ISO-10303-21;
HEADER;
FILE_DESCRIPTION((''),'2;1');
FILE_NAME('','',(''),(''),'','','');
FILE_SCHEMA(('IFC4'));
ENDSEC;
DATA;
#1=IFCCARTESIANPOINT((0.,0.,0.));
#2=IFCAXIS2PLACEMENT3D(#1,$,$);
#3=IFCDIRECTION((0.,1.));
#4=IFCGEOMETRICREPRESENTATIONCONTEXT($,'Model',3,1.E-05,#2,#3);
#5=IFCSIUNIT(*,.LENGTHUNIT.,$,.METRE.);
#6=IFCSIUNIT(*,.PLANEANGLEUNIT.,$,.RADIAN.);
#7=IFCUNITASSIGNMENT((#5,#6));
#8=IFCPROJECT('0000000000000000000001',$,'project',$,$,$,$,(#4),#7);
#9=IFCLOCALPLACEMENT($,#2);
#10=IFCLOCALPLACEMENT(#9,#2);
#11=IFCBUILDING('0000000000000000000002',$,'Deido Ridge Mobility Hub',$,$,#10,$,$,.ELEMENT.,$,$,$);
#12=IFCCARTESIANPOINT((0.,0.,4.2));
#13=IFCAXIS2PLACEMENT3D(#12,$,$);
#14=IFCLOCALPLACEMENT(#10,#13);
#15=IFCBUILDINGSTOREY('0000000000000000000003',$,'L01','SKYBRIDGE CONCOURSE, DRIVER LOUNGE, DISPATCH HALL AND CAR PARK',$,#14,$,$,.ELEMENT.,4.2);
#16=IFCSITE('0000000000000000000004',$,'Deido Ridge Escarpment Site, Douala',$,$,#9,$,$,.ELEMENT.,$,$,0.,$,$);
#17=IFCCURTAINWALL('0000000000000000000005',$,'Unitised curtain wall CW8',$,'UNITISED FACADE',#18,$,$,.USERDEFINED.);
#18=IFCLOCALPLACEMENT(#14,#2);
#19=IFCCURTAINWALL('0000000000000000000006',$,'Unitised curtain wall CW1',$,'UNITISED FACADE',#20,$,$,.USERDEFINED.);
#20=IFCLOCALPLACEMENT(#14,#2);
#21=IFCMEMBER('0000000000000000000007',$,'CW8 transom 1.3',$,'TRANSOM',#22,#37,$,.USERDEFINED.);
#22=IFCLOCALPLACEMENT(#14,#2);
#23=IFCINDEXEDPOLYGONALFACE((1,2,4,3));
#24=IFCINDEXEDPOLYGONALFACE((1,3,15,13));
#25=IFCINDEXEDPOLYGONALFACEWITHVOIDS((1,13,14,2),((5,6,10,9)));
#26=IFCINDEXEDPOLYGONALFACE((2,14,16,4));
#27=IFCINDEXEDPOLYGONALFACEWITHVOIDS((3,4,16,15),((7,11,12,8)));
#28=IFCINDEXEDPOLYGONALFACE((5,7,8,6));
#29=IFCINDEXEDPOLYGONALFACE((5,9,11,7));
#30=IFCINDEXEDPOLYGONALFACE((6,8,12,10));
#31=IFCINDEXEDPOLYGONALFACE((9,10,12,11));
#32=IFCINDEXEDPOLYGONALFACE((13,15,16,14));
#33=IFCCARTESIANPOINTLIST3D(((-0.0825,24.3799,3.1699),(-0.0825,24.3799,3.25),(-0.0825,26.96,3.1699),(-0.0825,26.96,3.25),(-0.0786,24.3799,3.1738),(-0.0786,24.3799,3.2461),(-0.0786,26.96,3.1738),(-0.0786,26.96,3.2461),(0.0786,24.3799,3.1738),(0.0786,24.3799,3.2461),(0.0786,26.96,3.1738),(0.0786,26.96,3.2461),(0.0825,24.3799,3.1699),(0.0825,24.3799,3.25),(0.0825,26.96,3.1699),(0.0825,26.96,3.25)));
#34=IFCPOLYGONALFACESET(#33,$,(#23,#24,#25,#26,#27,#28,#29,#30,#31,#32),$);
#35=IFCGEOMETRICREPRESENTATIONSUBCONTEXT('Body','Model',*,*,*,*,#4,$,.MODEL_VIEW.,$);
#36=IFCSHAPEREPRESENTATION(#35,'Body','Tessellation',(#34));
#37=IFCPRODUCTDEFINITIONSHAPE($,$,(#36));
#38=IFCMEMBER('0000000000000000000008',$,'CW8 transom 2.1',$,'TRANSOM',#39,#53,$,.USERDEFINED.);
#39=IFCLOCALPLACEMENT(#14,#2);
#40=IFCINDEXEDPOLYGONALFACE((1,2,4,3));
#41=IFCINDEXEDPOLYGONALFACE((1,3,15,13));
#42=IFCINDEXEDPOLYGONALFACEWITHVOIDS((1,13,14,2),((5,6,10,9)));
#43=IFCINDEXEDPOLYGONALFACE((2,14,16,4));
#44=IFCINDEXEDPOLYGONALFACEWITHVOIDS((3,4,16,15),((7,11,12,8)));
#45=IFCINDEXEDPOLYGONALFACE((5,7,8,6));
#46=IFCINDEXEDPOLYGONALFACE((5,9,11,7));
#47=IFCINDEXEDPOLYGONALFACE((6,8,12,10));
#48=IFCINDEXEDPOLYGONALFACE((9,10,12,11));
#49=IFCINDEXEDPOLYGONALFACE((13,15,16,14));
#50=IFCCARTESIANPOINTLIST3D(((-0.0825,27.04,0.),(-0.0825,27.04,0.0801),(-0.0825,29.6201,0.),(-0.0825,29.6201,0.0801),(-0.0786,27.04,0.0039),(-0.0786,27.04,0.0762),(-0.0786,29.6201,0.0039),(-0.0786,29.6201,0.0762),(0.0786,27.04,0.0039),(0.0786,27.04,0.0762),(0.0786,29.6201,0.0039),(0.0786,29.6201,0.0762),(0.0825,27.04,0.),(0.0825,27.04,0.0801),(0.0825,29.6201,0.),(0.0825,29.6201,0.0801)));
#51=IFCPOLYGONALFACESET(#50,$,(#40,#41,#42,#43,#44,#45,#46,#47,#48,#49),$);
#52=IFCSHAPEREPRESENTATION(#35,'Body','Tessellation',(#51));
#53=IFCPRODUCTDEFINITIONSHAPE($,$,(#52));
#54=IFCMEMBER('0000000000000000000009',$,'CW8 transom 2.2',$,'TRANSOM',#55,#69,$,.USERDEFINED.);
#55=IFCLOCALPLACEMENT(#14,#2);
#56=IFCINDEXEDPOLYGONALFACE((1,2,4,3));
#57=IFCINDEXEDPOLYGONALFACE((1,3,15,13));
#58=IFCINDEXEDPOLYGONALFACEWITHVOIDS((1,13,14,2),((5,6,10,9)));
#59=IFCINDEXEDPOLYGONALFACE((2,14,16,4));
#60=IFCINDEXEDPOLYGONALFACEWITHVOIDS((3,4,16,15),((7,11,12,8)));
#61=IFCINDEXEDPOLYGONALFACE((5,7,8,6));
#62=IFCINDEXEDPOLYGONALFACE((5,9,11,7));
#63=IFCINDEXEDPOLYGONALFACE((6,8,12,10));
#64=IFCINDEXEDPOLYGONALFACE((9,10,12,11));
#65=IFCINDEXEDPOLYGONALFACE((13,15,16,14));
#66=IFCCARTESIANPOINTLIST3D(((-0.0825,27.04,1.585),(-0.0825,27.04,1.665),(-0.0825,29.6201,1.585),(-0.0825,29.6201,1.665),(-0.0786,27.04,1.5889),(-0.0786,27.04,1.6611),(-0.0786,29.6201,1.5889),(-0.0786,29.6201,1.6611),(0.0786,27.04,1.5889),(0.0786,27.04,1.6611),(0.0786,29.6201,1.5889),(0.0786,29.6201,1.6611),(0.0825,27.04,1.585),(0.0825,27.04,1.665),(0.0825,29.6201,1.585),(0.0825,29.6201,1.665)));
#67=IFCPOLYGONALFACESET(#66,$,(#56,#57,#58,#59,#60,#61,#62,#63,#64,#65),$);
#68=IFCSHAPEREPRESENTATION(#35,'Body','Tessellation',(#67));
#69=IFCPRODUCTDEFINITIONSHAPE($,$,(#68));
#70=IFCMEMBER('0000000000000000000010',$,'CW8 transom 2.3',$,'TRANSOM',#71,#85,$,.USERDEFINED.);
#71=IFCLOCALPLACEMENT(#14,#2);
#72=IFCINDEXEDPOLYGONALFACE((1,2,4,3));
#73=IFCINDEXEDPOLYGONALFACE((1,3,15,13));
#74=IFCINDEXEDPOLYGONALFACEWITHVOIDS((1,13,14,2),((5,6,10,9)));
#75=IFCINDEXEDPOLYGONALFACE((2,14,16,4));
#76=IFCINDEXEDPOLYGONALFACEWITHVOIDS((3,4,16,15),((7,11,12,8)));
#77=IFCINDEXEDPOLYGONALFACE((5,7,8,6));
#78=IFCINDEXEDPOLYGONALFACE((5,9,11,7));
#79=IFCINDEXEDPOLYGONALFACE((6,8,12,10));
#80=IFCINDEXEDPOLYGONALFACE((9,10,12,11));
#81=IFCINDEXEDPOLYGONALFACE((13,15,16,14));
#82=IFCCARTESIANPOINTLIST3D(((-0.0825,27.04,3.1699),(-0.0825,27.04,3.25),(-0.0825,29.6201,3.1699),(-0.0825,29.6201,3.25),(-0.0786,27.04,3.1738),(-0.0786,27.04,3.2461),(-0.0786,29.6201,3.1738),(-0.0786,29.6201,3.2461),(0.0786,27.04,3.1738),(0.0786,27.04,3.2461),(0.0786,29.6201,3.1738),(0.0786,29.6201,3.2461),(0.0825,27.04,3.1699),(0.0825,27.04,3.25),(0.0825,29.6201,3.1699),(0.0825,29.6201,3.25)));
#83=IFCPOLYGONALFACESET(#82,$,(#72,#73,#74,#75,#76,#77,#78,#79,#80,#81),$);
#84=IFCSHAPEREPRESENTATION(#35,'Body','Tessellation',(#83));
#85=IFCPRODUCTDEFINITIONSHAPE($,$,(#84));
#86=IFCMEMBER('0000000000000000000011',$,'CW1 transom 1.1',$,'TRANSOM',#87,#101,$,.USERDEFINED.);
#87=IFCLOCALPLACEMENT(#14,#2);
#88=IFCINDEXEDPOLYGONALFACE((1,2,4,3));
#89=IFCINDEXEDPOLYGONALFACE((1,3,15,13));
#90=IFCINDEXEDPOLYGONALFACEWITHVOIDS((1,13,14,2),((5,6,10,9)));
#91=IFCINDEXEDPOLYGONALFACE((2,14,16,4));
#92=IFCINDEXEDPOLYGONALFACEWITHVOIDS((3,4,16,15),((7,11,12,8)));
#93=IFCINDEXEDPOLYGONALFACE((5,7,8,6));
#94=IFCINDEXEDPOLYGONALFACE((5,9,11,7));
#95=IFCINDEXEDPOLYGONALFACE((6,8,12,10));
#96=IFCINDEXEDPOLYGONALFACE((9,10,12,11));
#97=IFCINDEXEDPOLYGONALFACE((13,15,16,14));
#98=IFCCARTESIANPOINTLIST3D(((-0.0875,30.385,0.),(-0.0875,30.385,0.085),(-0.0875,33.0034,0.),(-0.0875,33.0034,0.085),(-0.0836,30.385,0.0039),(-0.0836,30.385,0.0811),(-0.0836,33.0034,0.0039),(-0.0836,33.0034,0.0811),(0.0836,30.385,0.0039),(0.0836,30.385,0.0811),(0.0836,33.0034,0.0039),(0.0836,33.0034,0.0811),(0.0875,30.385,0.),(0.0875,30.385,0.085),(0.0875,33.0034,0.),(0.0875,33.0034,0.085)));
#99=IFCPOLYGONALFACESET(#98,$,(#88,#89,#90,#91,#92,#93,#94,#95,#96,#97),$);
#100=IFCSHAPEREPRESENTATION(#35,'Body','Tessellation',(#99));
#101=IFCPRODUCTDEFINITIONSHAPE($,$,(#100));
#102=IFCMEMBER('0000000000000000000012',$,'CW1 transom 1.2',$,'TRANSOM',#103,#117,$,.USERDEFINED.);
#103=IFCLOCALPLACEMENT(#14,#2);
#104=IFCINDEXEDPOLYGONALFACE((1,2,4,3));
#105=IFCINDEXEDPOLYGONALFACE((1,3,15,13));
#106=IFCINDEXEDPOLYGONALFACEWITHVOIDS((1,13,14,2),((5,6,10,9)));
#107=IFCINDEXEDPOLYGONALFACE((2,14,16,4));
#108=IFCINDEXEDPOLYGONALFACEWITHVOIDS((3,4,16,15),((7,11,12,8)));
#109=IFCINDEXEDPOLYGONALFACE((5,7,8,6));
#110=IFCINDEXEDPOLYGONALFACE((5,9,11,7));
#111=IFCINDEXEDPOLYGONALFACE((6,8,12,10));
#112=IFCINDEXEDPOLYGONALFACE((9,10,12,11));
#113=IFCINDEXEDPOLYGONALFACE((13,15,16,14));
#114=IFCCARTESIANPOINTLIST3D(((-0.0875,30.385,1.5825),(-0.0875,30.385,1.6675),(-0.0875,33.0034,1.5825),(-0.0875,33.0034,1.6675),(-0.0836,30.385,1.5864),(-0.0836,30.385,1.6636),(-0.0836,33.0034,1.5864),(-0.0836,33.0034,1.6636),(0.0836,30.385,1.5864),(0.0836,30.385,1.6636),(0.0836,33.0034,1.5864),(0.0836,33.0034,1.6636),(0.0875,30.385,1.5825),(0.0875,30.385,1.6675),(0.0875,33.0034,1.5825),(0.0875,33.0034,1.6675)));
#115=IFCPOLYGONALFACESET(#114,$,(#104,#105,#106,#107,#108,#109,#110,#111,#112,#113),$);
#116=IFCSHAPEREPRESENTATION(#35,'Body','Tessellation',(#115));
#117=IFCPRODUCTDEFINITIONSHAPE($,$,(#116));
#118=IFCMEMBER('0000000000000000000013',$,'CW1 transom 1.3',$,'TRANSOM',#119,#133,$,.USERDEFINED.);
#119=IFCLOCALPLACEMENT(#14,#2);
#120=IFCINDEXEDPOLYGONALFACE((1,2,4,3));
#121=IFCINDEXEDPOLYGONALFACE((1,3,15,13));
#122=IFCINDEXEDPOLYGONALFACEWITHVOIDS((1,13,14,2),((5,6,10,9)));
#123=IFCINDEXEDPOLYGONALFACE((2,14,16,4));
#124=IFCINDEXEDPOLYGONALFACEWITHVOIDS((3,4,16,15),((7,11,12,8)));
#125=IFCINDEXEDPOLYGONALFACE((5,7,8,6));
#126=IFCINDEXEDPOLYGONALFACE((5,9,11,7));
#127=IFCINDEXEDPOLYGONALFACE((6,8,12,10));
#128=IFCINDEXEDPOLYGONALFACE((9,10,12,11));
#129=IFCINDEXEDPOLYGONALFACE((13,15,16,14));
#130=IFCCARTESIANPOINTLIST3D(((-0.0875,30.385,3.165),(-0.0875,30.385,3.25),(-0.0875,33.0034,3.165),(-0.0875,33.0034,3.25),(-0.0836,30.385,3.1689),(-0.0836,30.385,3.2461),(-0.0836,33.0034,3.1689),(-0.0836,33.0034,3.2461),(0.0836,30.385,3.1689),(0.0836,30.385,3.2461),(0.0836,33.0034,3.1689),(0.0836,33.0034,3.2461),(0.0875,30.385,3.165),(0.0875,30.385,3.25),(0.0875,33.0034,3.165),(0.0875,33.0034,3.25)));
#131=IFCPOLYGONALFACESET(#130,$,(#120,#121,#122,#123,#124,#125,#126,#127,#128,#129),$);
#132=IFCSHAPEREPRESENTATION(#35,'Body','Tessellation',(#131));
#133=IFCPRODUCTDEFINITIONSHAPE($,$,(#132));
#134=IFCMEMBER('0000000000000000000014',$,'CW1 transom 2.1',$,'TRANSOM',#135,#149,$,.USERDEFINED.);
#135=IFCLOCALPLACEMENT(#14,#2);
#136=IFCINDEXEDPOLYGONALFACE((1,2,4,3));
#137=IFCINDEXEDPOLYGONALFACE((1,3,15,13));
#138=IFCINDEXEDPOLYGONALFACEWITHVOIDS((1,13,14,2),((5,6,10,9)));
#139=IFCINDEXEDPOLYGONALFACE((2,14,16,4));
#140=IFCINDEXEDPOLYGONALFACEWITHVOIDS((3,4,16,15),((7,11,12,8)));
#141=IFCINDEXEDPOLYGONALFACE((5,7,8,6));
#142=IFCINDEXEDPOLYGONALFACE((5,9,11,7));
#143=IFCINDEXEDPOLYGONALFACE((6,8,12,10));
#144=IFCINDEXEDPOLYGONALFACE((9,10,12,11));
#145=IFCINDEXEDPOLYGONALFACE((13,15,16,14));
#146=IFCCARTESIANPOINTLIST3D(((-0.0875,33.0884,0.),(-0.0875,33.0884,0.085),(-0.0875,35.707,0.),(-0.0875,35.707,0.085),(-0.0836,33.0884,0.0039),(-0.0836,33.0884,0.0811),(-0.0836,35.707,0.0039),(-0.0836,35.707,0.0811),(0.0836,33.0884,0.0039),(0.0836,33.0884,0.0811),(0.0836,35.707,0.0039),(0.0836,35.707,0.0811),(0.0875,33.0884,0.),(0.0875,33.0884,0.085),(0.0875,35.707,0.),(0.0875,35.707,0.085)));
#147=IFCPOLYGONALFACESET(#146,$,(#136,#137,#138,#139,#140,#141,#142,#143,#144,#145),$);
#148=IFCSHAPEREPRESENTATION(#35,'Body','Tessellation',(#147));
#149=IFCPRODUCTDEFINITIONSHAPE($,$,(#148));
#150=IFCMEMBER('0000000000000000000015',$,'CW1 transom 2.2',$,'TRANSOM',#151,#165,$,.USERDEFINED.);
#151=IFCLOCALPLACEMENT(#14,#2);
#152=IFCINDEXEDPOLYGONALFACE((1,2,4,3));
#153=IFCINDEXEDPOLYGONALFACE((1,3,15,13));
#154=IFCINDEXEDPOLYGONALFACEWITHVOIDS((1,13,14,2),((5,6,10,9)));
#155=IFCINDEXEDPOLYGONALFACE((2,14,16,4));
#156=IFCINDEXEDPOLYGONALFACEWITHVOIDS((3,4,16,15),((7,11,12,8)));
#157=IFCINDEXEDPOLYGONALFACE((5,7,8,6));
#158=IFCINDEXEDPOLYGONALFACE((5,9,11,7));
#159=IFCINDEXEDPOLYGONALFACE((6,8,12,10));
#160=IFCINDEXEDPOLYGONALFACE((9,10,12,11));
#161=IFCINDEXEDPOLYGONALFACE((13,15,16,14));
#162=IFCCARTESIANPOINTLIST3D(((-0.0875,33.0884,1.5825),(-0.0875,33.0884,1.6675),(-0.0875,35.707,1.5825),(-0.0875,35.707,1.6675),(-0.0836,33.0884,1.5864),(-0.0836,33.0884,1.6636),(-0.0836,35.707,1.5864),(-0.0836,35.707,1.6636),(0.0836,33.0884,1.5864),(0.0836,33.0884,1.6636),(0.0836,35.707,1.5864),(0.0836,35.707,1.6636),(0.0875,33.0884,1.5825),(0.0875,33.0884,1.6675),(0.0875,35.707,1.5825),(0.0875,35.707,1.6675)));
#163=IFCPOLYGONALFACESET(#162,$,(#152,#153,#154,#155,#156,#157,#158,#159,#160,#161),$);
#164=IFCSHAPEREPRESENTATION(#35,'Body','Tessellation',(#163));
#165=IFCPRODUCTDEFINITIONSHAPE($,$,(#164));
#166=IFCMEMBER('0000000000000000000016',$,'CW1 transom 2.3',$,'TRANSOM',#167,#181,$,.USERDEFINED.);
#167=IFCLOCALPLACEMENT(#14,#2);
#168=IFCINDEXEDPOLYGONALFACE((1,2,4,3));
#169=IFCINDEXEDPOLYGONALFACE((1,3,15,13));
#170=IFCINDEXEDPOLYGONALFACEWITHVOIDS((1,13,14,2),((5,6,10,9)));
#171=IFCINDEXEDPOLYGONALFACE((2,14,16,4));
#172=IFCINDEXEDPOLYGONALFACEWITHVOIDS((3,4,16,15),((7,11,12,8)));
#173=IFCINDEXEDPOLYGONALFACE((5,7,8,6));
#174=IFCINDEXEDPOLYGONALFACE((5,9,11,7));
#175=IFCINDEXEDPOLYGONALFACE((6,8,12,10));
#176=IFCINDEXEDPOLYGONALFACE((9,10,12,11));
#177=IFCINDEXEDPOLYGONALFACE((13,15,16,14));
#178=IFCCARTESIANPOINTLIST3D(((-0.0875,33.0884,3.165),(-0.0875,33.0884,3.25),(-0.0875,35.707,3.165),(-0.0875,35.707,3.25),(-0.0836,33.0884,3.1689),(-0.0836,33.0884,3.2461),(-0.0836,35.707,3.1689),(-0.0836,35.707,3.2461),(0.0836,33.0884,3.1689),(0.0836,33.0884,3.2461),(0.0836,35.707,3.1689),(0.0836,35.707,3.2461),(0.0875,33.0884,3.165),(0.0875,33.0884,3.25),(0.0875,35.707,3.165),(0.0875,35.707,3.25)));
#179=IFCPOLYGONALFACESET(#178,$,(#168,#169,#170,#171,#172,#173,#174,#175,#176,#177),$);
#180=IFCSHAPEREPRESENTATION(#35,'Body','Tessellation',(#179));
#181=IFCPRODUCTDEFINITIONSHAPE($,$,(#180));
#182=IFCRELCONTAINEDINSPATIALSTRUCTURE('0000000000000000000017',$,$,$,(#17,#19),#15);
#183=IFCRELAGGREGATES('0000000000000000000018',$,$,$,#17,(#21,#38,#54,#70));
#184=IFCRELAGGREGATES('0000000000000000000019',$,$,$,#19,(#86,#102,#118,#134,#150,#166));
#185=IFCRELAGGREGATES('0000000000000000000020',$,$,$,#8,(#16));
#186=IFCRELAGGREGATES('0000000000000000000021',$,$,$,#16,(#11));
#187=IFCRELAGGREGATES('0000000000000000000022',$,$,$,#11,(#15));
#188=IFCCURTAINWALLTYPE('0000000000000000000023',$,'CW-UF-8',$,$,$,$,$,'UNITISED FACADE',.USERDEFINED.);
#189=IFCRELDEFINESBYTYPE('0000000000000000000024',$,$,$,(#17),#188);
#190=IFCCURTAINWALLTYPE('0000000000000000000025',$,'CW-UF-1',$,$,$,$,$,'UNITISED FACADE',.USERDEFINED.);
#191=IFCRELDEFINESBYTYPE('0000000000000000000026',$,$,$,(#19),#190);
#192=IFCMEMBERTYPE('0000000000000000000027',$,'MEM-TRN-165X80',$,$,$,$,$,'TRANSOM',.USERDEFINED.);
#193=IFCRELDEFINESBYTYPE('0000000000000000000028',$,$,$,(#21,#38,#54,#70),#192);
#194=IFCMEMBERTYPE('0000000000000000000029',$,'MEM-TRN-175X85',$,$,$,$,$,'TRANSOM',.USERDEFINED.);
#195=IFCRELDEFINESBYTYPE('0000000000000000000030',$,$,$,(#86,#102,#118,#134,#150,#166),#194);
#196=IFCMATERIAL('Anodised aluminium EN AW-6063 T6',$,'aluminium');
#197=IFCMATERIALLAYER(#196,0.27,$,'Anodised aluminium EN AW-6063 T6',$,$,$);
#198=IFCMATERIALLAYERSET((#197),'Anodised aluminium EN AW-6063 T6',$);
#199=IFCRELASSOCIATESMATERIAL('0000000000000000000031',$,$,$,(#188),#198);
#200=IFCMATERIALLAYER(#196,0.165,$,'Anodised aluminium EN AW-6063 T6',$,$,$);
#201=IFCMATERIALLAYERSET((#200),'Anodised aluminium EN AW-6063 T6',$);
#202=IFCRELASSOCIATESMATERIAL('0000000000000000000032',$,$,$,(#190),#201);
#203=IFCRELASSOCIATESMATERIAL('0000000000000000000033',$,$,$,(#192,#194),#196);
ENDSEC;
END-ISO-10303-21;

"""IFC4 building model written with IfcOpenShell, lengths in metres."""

from ifc_helpers import new_model, si_unit, direction, frame, origin, origin_2d, place, context, subcontext, project, spatial, hollow_rectangle, extrude, material, layer, layer_set, material_profile, profile_set, type_object, element, aggregate, save


model = new_model("IFC4")

# Units and contexts
model_context = context("Model", 3, precision=1e-05, world=origin(), true_north=direction((0.0, 1.0)))
body_context = subcontext(model_context, "Body", "Model", "MODEL_VIEW")
ifc_project = project(units=[si_unit("LENGTHUNIT", "METRE"), si_unit("PLANEANGLEUNIT", "RADIAN")], contexts=[model_context])

# Site, building, storey
site_placement = place(None, origin())
site = spatial("IfcSite", under=ifc_project, at=site_placement, Name="Deido Ridge Escarpment Site, Douala", CompositionType="ELEMENT", RefElevation=0.0)
building_placement = place(site_placement, origin())
building = spatial("IfcBuilding", under=site, at=building_placement, Name="Deido Ridge Mobility Hub", CompositionType="ELEMENT")
storey_placement = place(building_placement, frame((0.0, 0.0, 4.2)))
storey = spatial("IfcBuildingStorey", under=building, at=storey_placement, Name="L01", Description="SKYBRIDGE CONCOURSE, DRIVER LOUNGE, DISPATCH HALL AND CAR PARK", CompositionType="ELEMENT", Elevation=4.2)

# Shared definitions
ifc_material_1 = material(Name="Anodised aluminium EN AW-6063 T6", Category="aluminium")

# Curtain walls
ifc_layer_1 = layer(ifc_material_1, 0.27, Name="Anodised aluminium EN AW-6063 T6")
ifc_layer_set_1 = layer_set([ifc_layer_1], Name="Anodised aluminium EN AW-6063 T6")
curtain_wall_type_1 = type_object("IfcCurtainWallType", Name="CW-UF-8", ElementType="UNITISED FACADE", PredefinedType="USERDEFINED", material=ifc_layer_set_1)
curtain_wall_1_placement = place(storey_placement, origin())
curtain_wall_1 = element("IfcCurtainWall", 1, at=curtain_wall_1_placement, inside=storey, type_object=curtain_wall_type_1, Name="Unitised curtain wall CW8", ObjectType="UNITISED FACADE", PredefinedType="USERDEFINED")
ifc_layer_2 = layer(ifc_material_1, 0.165, Name="Anodised aluminium EN AW-6063 T6")
ifc_layer_set_2 = layer_set([ifc_layer_2], Name="Anodised aluminium EN AW-6063 T6")
curtain_wall_type_2 = type_object("IfcCurtainWallType", Name="CW-UF-1", ElementType="UNITISED FACADE", PredefinedType="USERDEFINED", material=ifc_layer_set_2)
curtain_wall_2_placement = place(storey_placement, origin())
curtain_wall_2 = element("IfcCurtainWall", 2, at=curtain_wall_2_placement, inside=storey, type_object=curtain_wall_type_2, Name="Unitised curtain wall CW1", ObjectType="UNITISED FACADE", PredefinedType="USERDEFINED")

# Members
ifc_material_profile_1 = material_profile(ifc_material_1, hollow_rectangle(XDim=0.165, YDim=0.0801, WallThickness=0.0039, at=origin_2d()), Name="RHS 165x80x4")
ifc_profile_set_1 = profile_set([ifc_material_profile_1], Name="Anodised aluminium EN AW-6063 T6")
member_type_1 = type_object("IfcMemberType", Name="MEM-TRN-165X80", ElementType="TRANSOM", PredefinedType="USERDEFINED", material=ifc_profile_set_1)
member_1_placement = place(storey_placement, frame((0.0, 24.3799, 3.21), z_axis=(0.0, 1.0, 0.0), x_axis=(-1.0, 0.0, 0.0)))
member_1 = element("IfcMember", 3, at=member_1_placement, type_object=member_type_1, Name="CW8 transom 1.3", ObjectType="TRANSOM", PredefinedType="USERDEFINED", context=body_context, shape_type="SweptSolid", body=[
    extrude(hollow_rectangle(XDim=0.165, YDim=0.0801, WallThickness=0.0039, at=origin_2d()), origin(), (0.0, 0.0, 1.0), 2.5801),
])
member_2_placement = place(storey_placement, frame((0.0, 27.04, 0.04), z_axis=(0.0, 1.0, 0.0), x_axis=(-1.0, 0.0, 0.0)))
member_2 = element("IfcMember", 4, at=member_2_placement, type_object=member_type_1, Name="CW8 transom 2.1", ObjectType="TRANSOM", PredefinedType="USERDEFINED", context=body_context, shape_type="SweptSolid", body=[
    extrude(hollow_rectangle(XDim=0.165, YDim=0.0801, WallThickness=0.0039, at=origin_2d()), origin(), (0.0, 0.0, 1.0), 2.5801),
])
member_3_placement = place(storey_placement, frame((0.0, 27.04, 1.625), z_axis=(0.0, 1.0, 0.0), x_axis=(-1.0, 0.0, 0.0)))
member_3 = element("IfcMember", 5, at=member_3_placement, type_object=member_type_1, Name="CW8 transom 2.2", ObjectType="TRANSOM", PredefinedType="USERDEFINED", context=body_context, shape_type="SweptSolid", body=[
    extrude(hollow_rectangle(XDim=0.165, YDim=0.0801, WallThickness=0.0039, at=origin_2d()), origin(), (0.0, 0.0, 1.0), 2.5801),
])
member_4_placement = place(storey_placement, frame((0.0, 27.04, 3.21), z_axis=(0.0, 1.0, 0.0), x_axis=(-1.0, 0.0, 0.0)))
member_4 = element("IfcMember", 6, at=member_4_placement, type_object=member_type_1, Name="CW8 transom 2.3", ObjectType="TRANSOM", PredefinedType="USERDEFINED", context=body_context, shape_type="SweptSolid", body=[
    extrude(hollow_rectangle(XDim=0.165, YDim=0.0801, WallThickness=0.0039, at=origin_2d()), origin(), (0.0, 0.0, 1.0), 2.5801),
])
ifc_material_profile_2 = material_profile(ifc_material_1, hollow_rectangle(XDim=0.175, YDim=0.085, WallThickness=0.0039, at=origin_2d()), Name="RHS 175x85x4")
ifc_profile_set_2 = profile_set([ifc_material_profile_2], Name="Anodised aluminium EN AW-6063 T6")
member_type_2 = type_object("IfcMemberType", Name="MEM-TRN-175X85", ElementType="TRANSOM", PredefinedType="USERDEFINED", material=ifc_profile_set_2)
member_5_placement = place(storey_placement, frame((0.0, 30.385, 0.0425), z_axis=(0.0, 1.0, 0.0), x_axis=(-1.0, 0.0, 0.0)))
member_5 = element("IfcMember", 7, at=member_5_placement, type_object=member_type_2, Name="CW1 transom 1.1", ObjectType="TRANSOM", PredefinedType="USERDEFINED", context=body_context, shape_type="SweptSolid", body=[
    extrude(hollow_rectangle(XDim=0.175, YDim=0.085, WallThickness=0.0039, at=origin_2d()), origin(), (0.0, 0.0, 1.0), 2.6184),
])
member_6_placement = place(storey_placement, frame((0.0, 30.385, 1.625), z_axis=(0.0, 1.0, 0.0), x_axis=(-1.0, 0.0, 0.0)))
member_6 = element("IfcMember", 8, at=member_6_placement, type_object=member_type_2, Name="CW1 transom 1.2", ObjectType="TRANSOM", PredefinedType="USERDEFINED", context=body_context, shape_type="SweptSolid", body=[
    extrude(hollow_rectangle(XDim=0.175, YDim=0.085, WallThickness=0.0039, at=origin_2d()), origin(), (0.0, 0.0, 1.0), 2.6184),
])
member_7_placement = place(storey_placement, frame((0.0, 30.385, 3.2075), z_axis=(0.0, 1.0, 0.0), x_axis=(-1.0, 0.0, 0.0)))
member_7 = element("IfcMember", 9, at=member_7_placement, type_object=member_type_2, Name="CW1 transom 1.3", ObjectType="TRANSOM", PredefinedType="USERDEFINED", context=body_context, shape_type="SweptSolid", body=[
    extrude(hollow_rectangle(XDim=0.175, YDim=0.085, WallThickness=0.0039, at=origin_2d()), origin(), (0.0, 0.0, 1.0), 2.6184),
])
member_8_placement = place(storey_placement, frame((0.0, 33.0884, 0.0425), z_axis=(0.0, 1.0, 0.0), x_axis=(-1.0, 0.0, 0.0)))
member_8 = element("IfcMember", 10, at=member_8_placement, type_object=member_type_2, Name="CW1 transom 2.1", ObjectType="TRANSOM", PredefinedType="USERDEFINED", context=body_context, shape_type="SweptSolid", body=[
    extrude(hollow_rectangle(XDim=0.175, YDim=0.085, WallThickness=0.0039, at=origin_2d()), origin(), (0.0, 0.0, 1.0), 2.6187),
])
member_9_placement = place(storey_placement, frame((0.0, 33.0884, 1.625), z_axis=(0.0, 1.0, 0.0), x_axis=(-1.0, 0.0, 0.0)))
member_9 = element("IfcMember", 11, at=member_9_placement, type_object=member_type_2, Name="CW1 transom 2.2", ObjectType="TRANSOM", PredefinedType="USERDEFINED", context=body_context, shape_type="SweptSolid", body=[
    extrude(hollow_rectangle(XDim=0.175, YDim=0.085, WallThickness=0.0039, at=origin_2d()), origin(), (0.0, 0.0, 1.0), 2.6187),
])
member_10_placement = place(storey_placement, frame((0.0, 33.0884, 3.2075), z_axis=(0.0, 1.0, 0.0), x_axis=(-1.0, 0.0, 0.0)))
member_10 = element("IfcMember", 12, at=member_10_placement, type_object=member_type_2, Name="CW1 transom 2.3", ObjectType="TRANSOM", PredefinedType="USERDEFINED", context=body_context, shape_type="SweptSolid", body=[
    extrude(hollow_rectangle(XDim=0.175, YDim=0.085, WallThickness=0.0039, at=origin_2d()), origin(), (0.0, 0.0, 1.0), 2.6187),
])

aggregate(curtain_wall_1, [member_1, member_2, member_3, member_4])
aggregate(curtain_wall_2, [member_5, member_6, member_7, member_8, member_9, member_10])

save(model, "model.ifc")
